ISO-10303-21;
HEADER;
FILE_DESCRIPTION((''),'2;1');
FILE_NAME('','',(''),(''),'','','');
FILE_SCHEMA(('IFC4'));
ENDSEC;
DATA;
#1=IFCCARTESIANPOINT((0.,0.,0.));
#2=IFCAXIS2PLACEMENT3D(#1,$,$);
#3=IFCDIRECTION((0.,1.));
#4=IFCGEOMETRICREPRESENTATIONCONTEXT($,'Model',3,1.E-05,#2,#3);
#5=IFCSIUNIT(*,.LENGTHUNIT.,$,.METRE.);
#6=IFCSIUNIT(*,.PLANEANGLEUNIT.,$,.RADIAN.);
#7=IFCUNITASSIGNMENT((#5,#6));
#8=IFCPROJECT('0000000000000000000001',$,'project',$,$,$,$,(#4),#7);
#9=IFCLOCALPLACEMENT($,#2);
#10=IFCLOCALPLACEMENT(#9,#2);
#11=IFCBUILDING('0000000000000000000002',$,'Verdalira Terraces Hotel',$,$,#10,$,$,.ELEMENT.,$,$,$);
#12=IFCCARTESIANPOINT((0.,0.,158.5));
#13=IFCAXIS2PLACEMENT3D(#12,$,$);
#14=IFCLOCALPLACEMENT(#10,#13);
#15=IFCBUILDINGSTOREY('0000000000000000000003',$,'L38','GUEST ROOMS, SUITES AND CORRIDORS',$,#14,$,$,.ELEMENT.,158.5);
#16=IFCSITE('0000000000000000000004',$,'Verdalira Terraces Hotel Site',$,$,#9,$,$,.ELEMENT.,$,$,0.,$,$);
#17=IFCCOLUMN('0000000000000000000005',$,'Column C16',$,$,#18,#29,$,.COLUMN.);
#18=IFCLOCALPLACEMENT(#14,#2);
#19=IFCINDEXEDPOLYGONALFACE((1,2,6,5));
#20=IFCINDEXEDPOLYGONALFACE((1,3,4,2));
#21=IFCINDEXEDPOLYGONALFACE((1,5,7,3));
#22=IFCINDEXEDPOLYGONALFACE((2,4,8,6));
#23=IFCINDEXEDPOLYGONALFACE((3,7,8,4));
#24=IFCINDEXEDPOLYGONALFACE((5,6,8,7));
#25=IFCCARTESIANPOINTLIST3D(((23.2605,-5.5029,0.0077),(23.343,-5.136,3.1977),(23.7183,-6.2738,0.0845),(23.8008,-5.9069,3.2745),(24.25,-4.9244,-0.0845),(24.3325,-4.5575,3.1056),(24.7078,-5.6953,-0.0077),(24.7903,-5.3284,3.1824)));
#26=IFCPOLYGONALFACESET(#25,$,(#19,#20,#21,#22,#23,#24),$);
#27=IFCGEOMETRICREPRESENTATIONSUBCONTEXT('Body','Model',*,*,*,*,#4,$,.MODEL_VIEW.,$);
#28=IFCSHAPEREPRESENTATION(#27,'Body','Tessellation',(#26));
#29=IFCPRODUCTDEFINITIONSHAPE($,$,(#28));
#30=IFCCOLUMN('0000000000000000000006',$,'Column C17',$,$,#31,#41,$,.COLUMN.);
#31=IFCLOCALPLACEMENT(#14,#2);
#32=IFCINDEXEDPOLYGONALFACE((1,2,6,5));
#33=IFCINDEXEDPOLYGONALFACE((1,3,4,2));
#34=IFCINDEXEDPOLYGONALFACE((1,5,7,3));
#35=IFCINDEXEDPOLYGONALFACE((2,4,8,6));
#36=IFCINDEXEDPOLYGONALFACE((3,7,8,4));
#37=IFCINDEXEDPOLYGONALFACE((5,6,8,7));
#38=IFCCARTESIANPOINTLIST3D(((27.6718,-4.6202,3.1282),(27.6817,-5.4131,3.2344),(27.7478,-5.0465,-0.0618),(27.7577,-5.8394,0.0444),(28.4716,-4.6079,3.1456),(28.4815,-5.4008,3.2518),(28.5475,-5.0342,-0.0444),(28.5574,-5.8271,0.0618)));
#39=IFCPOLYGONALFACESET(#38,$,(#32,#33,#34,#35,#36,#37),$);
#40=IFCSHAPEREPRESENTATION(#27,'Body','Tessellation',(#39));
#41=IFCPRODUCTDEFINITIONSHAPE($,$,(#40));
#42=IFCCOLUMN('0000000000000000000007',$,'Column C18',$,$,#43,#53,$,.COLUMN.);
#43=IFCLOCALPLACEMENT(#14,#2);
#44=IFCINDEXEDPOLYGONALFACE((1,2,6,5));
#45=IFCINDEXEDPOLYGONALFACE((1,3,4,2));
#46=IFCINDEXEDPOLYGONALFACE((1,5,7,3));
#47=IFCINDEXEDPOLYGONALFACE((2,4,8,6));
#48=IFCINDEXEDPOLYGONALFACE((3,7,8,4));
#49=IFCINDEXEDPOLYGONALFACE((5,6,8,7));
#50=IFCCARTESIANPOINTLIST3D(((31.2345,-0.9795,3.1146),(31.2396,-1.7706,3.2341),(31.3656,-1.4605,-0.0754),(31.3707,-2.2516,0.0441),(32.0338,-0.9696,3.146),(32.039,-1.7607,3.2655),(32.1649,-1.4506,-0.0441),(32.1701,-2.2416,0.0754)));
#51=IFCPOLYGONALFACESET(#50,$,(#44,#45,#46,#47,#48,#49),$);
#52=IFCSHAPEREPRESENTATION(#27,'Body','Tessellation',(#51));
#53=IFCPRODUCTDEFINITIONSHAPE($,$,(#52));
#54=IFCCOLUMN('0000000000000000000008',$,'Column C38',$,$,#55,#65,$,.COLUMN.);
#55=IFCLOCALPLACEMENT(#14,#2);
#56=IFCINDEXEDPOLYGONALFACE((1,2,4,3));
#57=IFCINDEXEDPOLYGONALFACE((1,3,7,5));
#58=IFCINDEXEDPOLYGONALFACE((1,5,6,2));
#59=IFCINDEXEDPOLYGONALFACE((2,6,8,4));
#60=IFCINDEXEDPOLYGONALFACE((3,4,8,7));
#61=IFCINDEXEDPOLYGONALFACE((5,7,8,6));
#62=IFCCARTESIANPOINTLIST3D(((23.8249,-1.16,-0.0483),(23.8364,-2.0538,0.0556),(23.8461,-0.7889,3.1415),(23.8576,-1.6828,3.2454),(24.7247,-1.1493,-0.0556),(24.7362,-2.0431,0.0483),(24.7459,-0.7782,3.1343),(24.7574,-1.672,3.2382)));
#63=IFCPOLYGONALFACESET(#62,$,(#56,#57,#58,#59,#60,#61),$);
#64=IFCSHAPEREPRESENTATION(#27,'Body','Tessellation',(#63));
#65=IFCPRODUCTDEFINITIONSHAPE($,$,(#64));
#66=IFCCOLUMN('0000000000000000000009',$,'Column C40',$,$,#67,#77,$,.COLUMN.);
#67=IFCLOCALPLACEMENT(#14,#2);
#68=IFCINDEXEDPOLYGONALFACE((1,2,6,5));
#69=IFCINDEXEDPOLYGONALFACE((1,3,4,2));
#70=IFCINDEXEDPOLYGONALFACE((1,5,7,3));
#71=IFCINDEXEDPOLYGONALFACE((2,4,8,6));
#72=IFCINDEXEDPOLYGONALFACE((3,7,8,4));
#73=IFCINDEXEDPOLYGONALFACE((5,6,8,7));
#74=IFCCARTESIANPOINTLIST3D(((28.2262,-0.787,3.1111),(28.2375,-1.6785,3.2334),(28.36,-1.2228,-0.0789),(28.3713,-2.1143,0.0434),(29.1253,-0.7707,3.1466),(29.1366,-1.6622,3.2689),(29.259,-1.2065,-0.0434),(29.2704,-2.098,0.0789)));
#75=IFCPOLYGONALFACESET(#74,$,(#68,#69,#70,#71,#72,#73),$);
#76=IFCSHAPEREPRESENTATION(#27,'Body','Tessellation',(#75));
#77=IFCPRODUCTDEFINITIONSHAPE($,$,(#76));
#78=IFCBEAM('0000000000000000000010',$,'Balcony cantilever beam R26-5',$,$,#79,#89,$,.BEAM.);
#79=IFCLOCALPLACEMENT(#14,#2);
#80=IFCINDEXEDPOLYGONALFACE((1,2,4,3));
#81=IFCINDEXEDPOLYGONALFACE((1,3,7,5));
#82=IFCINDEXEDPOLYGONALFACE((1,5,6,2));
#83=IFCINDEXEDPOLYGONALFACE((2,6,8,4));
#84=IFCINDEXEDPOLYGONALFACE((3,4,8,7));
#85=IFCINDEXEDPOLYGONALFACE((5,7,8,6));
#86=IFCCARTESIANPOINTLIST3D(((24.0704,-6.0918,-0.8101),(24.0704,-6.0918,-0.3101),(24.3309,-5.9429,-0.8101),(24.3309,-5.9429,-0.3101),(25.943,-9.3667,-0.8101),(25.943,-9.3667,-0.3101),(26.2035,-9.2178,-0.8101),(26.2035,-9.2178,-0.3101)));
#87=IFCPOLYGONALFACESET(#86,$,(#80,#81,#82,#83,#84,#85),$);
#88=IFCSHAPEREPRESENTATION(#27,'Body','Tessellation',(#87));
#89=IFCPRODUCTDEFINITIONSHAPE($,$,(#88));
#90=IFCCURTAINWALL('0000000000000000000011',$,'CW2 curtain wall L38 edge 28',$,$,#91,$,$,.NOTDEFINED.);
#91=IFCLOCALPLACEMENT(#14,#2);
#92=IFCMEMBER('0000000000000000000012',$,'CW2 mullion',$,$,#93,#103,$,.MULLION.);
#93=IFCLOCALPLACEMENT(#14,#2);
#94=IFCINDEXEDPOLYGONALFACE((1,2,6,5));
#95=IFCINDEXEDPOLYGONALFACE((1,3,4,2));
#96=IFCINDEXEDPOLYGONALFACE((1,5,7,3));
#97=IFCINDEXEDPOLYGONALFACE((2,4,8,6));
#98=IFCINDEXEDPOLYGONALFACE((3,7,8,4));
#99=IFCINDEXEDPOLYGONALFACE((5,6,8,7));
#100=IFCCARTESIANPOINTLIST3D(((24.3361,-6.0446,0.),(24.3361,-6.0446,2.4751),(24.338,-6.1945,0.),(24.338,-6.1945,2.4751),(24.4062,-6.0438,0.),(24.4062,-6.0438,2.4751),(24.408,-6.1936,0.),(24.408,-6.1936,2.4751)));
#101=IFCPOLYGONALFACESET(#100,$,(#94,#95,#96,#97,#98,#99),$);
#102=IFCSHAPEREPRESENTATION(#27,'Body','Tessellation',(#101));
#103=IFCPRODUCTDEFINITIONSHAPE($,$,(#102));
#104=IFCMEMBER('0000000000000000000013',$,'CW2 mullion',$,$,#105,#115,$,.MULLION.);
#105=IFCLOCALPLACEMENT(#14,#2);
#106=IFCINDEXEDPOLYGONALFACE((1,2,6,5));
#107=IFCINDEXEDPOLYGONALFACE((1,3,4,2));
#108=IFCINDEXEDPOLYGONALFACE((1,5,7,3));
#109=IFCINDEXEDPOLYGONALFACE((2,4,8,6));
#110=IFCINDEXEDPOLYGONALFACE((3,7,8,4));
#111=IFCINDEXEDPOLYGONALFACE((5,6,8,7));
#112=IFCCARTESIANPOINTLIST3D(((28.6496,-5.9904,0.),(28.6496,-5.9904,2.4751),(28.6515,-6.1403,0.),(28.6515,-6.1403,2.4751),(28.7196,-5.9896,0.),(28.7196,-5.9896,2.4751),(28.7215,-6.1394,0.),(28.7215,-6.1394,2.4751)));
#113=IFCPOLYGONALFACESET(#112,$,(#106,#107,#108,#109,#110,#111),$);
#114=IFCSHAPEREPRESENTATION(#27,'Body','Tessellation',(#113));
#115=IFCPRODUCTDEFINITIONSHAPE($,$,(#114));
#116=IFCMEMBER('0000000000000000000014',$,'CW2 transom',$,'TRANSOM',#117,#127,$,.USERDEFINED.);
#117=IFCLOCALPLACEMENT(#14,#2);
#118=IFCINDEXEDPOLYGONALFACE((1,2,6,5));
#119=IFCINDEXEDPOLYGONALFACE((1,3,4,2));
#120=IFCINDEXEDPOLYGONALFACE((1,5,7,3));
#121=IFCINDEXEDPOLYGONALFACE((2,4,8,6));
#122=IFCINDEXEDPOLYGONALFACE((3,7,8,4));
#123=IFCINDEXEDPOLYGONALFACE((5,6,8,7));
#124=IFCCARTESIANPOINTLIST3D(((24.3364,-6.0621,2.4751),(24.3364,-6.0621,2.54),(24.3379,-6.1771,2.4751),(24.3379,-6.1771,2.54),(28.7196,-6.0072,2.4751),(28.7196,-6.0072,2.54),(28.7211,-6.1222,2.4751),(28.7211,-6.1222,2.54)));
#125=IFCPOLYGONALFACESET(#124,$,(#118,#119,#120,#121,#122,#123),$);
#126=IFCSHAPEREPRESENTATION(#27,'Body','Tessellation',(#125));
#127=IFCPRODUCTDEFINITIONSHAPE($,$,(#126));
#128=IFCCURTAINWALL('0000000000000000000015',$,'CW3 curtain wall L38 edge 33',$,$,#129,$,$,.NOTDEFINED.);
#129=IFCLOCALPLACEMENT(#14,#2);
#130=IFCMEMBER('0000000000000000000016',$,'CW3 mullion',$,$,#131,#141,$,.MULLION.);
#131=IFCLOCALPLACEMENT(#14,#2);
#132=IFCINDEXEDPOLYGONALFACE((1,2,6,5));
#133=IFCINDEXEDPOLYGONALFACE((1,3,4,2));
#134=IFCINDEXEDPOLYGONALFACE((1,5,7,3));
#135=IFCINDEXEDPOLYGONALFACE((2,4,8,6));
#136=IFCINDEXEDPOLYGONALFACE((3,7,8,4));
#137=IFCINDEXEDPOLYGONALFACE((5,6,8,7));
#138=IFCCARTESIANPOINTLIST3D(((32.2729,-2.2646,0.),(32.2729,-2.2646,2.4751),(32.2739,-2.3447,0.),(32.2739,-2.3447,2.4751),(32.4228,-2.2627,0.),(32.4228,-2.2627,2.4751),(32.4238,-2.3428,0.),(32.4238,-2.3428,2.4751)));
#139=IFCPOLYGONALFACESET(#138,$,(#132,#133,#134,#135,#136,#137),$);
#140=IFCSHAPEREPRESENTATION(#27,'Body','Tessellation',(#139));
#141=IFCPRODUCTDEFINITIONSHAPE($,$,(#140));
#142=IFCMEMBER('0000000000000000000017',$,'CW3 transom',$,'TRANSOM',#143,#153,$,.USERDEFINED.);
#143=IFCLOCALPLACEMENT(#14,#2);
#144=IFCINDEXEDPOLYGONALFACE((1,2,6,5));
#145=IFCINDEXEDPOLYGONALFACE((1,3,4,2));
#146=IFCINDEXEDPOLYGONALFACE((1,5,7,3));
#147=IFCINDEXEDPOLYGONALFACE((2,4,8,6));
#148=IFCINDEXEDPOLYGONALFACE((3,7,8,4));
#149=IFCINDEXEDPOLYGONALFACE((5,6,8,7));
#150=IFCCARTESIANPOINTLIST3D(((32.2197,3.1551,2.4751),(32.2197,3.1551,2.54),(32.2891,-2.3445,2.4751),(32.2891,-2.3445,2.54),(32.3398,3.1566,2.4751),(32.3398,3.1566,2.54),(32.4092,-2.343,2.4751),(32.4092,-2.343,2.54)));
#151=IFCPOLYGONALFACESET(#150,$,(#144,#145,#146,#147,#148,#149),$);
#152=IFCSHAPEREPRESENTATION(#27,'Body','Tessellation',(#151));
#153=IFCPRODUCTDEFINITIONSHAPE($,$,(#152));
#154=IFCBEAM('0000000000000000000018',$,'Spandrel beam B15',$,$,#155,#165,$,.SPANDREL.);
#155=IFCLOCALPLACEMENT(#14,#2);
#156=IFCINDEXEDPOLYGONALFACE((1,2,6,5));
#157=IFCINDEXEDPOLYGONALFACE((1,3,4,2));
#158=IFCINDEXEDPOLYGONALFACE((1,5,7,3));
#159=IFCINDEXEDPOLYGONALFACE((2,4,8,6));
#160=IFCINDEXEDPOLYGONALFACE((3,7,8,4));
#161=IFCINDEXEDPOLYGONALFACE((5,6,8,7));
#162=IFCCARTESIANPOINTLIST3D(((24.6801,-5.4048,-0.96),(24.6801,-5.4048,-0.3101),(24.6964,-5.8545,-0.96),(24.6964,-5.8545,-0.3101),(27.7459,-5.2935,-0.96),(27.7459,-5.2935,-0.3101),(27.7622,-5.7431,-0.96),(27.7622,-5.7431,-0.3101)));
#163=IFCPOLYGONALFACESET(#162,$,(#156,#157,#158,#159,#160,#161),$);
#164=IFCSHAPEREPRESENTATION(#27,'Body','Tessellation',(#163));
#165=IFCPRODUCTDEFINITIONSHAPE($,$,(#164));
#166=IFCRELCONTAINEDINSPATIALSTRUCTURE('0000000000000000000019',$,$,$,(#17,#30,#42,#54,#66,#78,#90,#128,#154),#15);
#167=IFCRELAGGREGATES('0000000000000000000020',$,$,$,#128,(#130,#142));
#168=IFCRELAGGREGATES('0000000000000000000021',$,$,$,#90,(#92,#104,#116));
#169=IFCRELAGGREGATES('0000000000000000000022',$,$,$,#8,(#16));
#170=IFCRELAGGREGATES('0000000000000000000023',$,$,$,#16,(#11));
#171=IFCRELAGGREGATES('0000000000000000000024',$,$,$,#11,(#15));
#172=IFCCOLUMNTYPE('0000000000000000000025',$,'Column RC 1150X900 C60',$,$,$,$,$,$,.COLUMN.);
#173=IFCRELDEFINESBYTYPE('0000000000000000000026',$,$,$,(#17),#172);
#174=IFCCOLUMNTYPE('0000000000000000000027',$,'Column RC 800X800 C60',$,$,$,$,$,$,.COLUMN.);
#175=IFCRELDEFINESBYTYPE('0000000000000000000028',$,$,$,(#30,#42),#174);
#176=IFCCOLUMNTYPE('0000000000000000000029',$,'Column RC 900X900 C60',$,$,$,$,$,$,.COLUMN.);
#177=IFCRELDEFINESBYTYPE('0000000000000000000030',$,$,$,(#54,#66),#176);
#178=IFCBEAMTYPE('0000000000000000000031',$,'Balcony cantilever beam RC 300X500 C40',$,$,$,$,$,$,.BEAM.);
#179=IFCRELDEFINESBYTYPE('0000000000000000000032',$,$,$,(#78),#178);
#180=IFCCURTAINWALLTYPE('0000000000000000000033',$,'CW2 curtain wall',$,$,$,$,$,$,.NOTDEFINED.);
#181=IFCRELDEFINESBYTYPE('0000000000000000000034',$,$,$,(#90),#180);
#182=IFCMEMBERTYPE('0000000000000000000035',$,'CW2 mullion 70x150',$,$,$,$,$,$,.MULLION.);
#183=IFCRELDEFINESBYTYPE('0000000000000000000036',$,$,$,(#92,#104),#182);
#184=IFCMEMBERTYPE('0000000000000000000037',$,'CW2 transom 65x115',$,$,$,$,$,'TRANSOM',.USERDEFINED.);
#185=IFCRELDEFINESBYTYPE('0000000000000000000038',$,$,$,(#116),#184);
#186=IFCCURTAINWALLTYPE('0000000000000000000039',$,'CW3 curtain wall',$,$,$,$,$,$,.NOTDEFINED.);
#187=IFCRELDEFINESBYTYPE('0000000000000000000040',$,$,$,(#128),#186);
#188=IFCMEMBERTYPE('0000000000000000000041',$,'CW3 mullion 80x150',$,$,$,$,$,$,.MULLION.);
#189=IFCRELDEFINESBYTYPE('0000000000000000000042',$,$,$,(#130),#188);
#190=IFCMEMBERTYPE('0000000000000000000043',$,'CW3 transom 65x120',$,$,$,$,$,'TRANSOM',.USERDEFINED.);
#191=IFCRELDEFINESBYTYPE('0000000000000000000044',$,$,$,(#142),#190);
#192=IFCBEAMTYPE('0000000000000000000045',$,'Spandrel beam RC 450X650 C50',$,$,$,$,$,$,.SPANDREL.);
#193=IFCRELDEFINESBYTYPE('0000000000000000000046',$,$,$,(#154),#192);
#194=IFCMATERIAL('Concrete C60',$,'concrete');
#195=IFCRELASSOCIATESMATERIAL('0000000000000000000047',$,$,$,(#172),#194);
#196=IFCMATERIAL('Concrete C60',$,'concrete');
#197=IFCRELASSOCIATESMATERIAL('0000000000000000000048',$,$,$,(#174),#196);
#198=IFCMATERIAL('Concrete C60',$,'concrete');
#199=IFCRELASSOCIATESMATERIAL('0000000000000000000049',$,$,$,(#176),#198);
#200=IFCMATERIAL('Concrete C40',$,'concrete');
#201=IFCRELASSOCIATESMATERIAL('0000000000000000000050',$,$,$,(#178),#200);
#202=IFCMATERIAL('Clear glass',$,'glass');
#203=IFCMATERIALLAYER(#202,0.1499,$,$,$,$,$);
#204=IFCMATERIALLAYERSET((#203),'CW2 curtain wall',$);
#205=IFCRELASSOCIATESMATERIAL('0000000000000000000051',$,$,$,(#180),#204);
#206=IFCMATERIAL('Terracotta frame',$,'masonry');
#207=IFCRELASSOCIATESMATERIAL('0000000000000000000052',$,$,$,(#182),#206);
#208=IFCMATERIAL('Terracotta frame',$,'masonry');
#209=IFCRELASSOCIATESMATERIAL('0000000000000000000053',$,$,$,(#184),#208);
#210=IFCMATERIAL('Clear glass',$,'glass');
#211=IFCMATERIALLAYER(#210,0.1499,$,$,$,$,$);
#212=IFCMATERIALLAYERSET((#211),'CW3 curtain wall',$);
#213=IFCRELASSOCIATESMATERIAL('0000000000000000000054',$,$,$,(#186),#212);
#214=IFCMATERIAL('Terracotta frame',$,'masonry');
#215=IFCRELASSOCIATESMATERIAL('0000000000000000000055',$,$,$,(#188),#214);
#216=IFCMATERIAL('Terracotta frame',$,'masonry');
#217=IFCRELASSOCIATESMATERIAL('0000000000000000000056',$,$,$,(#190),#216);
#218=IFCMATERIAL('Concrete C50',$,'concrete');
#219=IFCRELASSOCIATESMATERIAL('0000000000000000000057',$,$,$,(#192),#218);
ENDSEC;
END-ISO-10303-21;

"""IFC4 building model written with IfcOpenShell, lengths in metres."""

from ifc_helpers import new_model, si_unit, direction, frame, origin, origin_2d, place, context, subcontext, project, spatial, rectangle, extrude, material, layer, layer_set, material_profile, profile_set, type_object, element, aggregate, save


model = new_model("IFC4")

# Units and contexts
model_context = context("Model", 3, precision=1e-05, world=origin(), true_north=direction((0.0, 1.0)))
body_context = subcontext(model_context, "Body", "Model", "MODEL_VIEW")
ifc_project = project(units=[si_unit("LENGTHUNIT", "METRE"), si_unit("PLANEANGLEUNIT", "RADIAN")], contexts=[model_context])

# Site, building, storey
site_placement = place(None, origin())
site = spatial("IfcSite", under=ifc_project, at=site_placement, Name="Verdalira Terraces Hotel Site", CompositionType="ELEMENT", RefElevation=0.0)
building_placement = place(site_placement, origin())
building = spatial("IfcBuilding", under=site, at=building_placement, Name="Verdalira Terraces Hotel", CompositionType="ELEMENT")
storey_placement = place(building_placement, frame((0.0, 0.0, 158.5)))
storey = spatial("IfcBuildingStorey", under=building, at=storey_placement, Name="L38", Description="GUEST ROOMS, SUITES AND CORRIDORS", CompositionType="ELEMENT", Elevation=158.5)

# Columns
ifc_material_1 = material(Name="Concrete C60", Category="concrete")
ifc_material_profile_1 = material_profile(ifc_material_1, rectangle(XDim=1.1499, YDim=0.8999, at=origin_2d()), Name="RC 1150X900")
ifc_profile_set_1 = profile_set([ifc_material_profile_1], Name="Concrete C60")
column_type_1 = type_object("IfcColumnType", Name="Column RC 1150X900 C60", PredefinedType="COLUMN", material=ifc_profile_set_1)
column_1_placement = place(storey_placement, frame((23.9841, -5.5991, 0.0), z_axis=(0.025691, 0.11424, 0.993121), x_axis=(-0.860518, -0.503079, 0.08013)))
element("IfcColumn", 1, at=column_1_placement, inside=storey, type_object=column_type_1, Name="Column C16", PredefinedType="COLUMN", context=body_context, shape_type="SweptSolid", body=[
    extrude(rectangle(XDim=1.1499, YDim=0.8999, at=origin_2d()), origin(), (0.0, 0.0, 1.0), 3.2122),
])
ifc_material_2 = material(Name="Concrete C60", Category="concrete")
ifc_material_profile_2 = material_profile(ifc_material_2, rectangle(XDim=0.8, YDim=0.8, at=origin_2d()), Name="RC 800X800")
ifc_profile_set_2 = profile_set([ifc_material_profile_2], Name="Concrete C60")
column_type_2 = type_object("IfcColumnType", Name="Column RC 800X800 C60", PredefinedType="COLUMN", material=ifc_profile_set_2)
column_2_placement = place(storey_placement, frame((28.1526, -5.4368, 0.0), z_axis=(-0.023586, 0.132415, 0.990914), x_axis=(0.999645, 0.01538, 0.021739)))
element("IfcColumn", 2, at=column_2_placement, inside=storey, type_object=column_type_2, Name="Column C17", PredefinedType="COLUMN", context=body_context, shape_type="SweptSolid", body=[
    extrude(rectangle(XDim=0.8, YDim=0.8, at=origin_2d()), origin(), (0.0, 0.0, 1.0), 3.2192),
])
column_3_placement = place(storey_placement, frame((31.7678, -1.8511, 0.0), z_axis=(-0.040606, 0.148965, 0.988008), x_axis=(-0.006401, 0.988765, -0.149342)))
element("IfcColumn", 3, at=column_3_placement, inside=storey, type_object=column_type_2, Name="Column C18", PredefinedType="COLUMN", context=body_context, shape_type="SweptSolid", body=[
    extrude(rectangle(XDim=0.8, YDim=0.8, at=origin_2d()), origin(), (0.0, 0.0, 1.0), 3.2288),
])
ifc_material_3 = material(Name="Concrete C60", Category="concrete")
ifc_material_profile_3 = material_profile(ifc_material_3, rectangle(XDim=0.8999, YDim=0.8999, at=origin_2d()), Name="RC 900X900")
ifc_profile_set_3 = profile_set([ifc_material_profile_3], Name="Concrete C60")
column_type_3 = type_object("IfcColumnType", Name="Column RC 900X900 C60", PredefinedType="COLUMN", material=ifc_profile_set_3)
column_4_placement = place(storey_placement, frame((24.2805, -1.6016, 0.0), z_axis=(0.006614, 0.115551, 0.99328), x_axis=(0.999896, 0.01194, -0.008047)))
element("IfcColumn", 4, at=column_4_placement, inside=storey, type_object=column_type_3, Name="Column C38", PredefinedType="COLUMN", context=body_context, shape_type="SweptSolid", body=[
    extrude(rectangle(XDim=0.8999, YDim=0.8999, at=origin_2d()), origin(), (0.0, 0.0, 1.0), 3.2114),
])
column_5_placement = place(storey_placement, frame((28.8152, -1.6604, 0.0), z_axis=(-0.041519, 0.13524, 0.989943), x_axis=(0.999058, 0.018117, 0.039426)))
element("IfcColumn", 5, at=column_5_placement, inside=storey, type_object=column_type_3, Name="Column C40", PredefinedType="COLUMN", context=body_context, shape_type="SweptSolid", body=[
    extrude(rectangle(XDim=0.8999, YDim=0.8999, at=origin_2d()), origin(), (0.0, 0.0, 1.0), 3.2224),
])

# Beam
ifc_material_4 = material(Name="Concrete C40", Category="concrete")
ifc_material_profile_4 = material_profile(ifc_material_4, rectangle(XDim=0.3, YDim=0.5, at=origin_2d()), Name="RC 300X500")
ifc_profile_set_4 = profile_set([ifc_material_profile_4], Name="Concrete C40")
beam_type_1 = type_object("IfcBeamType", Name="Balcony cantilever beam RC 300X500 C40", PredefinedType="BEAM", material=ifc_profile_set_4)
beam_1_placement = place(storey_placement, frame((24.2007, -6.0173, -0.5601), z_axis=(0.496376, -0.868108, 0.0), x_axis=(0.868108, 0.496376, 0.0)))
element("IfcBeam", 6, at=beam_1_placement, inside=storey, type_object=beam_type_1, Name="Balcony cantilever beam R26-5", PredefinedType="BEAM", context=body_context, shape_type="SweptSolid", body=[
    extrude(rectangle(XDim=0.3, YDim=0.5, at=origin_2d()), origin(), (0.0, 0.0, 1.0), 3.7725),
])

# Curtain walls, members
ifc_material_5 = material(Name="Clear glass", Category="glass")
ifc_layer_1 = layer(ifc_material_5, 0.1499)
ifc_layer_set_1 = layer_set([ifc_layer_1], Name="CW2 curtain wall")
curtain_wall_type_1 = type_object("IfcCurtainWallType", Name="CW2 curtain wall", PredefinedType="NOTDEFINED", material=ifc_layer_set_1)
curtain_wall_1_placement = place(storey_placement, origin())
curtain_wall_1 = element("IfcCurtainWall", 7, at=curtain_wall_1_placement, inside=storey, type_object=curtain_wall_type_1, Name="CW2 curtain wall L38 edge 28", PredefinedType="NOTDEFINED")
ifc_material_6 = material(Name="Terracotta frame", Category="masonry")
ifc_material_profile_5 = material_profile(ifc_material_6, rectangle(XDim=0.0701, YDim=0.1499, at=origin_2d()), Name="MU 70x150")
ifc_profile_set_5 = profile_set([ifc_material_profile_5], Name="Terracotta frame")
member_type_1 = type_object("IfcMemberType", Name="CW2 mullion 70x150", PredefinedType="MULLION", material=ifc_profile_set_5)
member_1_placement = place(storey_placement, frame((24.3721, -6.1191, 0.0), z_axis=(0.0, 0.0, 1.0), x_axis=(0.999921, 0.012566, 0.0)))
member_1 = element("IfcMember", 8, at=member_1_placement, type_object=member_type_1, Name="CW2 mullion", PredefinedType="MULLION", context=body_context, shape_type="SweptSolid", body=[
    extrude(rectangle(XDim=0.0701, YDim=0.1499, at=origin_2d()), origin(), (0.0, 0.0, 1.0), 2.4751),
])
member_2_placement = place(storey_placement, frame((28.6855, -6.0649, 0.0), z_axis=(0.0, 0.0, 1.0), x_axis=(0.999921, 0.012566, 0.0)))
member_2 = element("IfcMember", 9, at=member_2_placement, type_object=member_type_1, Name="CW2 mullion", PredefinedType="MULLION", context=body_context, shape_type="SweptSolid", body=[
    extrude(rectangle(XDim=0.0701, YDim=0.1499, at=origin_2d()), origin(), (0.0, 0.0, 1.0), 2.4751),
])
ifc_material_7 = material(Name="Terracotta frame", Category="masonry")
ifc_material_profile_6 = material_profile(ifc_material_7, rectangle(XDim=0.115, YDim=0.0649, at=origin_2d()), Name="TR 65x115")
ifc_profile_set_6 = profile_set([ifc_material_profile_6], Name="Terracotta frame")
member_type_2 = type_object("IfcMemberType", Name="CW2 transom 65x115", ElementType="TRANSOM", PredefinedType="USERDEFINED", material=ifc_profile_set_6)
member_3_placement = place(storey_placement, frame((24.3372, -6.1196, 2.5076), z_axis=(0.999921, 0.012531, 0.0), x_axis=(-0.012531, 0.999921, 0.0)))
member_3 = element("IfcMember", 10, at=member_3_placement, type_object=member_type_2, Name="CW2 transom", ObjectType="TRANSOM", PredefinedType="USERDEFINED", context=body_context, shape_type="SweptSolid", body=[
    extrude(rectangle(XDim=0.115, YDim=0.0649, at=origin_2d()), origin(), (0.0, 0.0, 1.0), 4.3835),
])
ifc_material_8 = material(Name="Clear glass", Category="glass")
ifc_layer_2 = layer(ifc_material_8, 0.1499)
ifc_layer_set_2 = layer_set([ifc_layer_2], Name="CW3 curtain wall")
curtain_wall_type_2 = type_object("IfcCurtainWallType", Name="CW3 curtain wall", PredefinedType="NOTDEFINED", material=ifc_layer_set_2)
curtain_wall_2_placement = place(storey_placement, origin())
curtain_wall_2 = element("IfcCurtainWall", 11, at=curtain_wall_2_placement, inside=storey, type_object=curtain_wall_type_2, Name="CW3 curtain wall L38 edge 33", PredefinedType="NOTDEFINED")
ifc_material_9 = material(Name="Terracotta frame", Category="masonry")
ifc_material_profile_7 = material_profile(ifc_material_9, rectangle(XDim=0.0801, YDim=0.1499, at=origin_2d()), Name="MU 80x150")
ifc_profile_set_7 = profile_set([ifc_material_profile_7], Name="Terracotta frame")
member_type_3 = type_object("IfcMemberType", Name="CW3 mullion 80x150", PredefinedType="MULLION", material=ifc_profile_set_7)
member_4_placement = place(storey_placement, frame((32.3484, -2.3037, 0.0), z_axis=(0.0, 0.0, 1.0), x_axis=(-0.012566, 0.999921, 0.0)))
member_4 = element("IfcMember", 12, at=member_4_placement, type_object=member_type_3, Name="CW3 mullion", PredefinedType="MULLION", context=body_context, shape_type="SweptSolid", body=[
    extrude(rectangle(XDim=0.0801, YDim=0.1499, at=origin_2d()), origin(), (0.0, 0.0, 1.0), 2.4751),
])
ifc_material_10 = material(Name="Terracotta frame", Category="masonry")
ifc_material_profile_8 = material_profile(ifc_material_10, rectangle(XDim=0.1201, YDim=0.0649, at=origin_2d()), Name="TR 65x120")
ifc_profile_set_8 = profile_set([ifc_material_profile_8], Name="Terracotta frame")
member_type_4 = type_object("IfcMemberType", Name="CW3 transom 65x120", ElementType="TRANSOM", PredefinedType="USERDEFINED", material=ifc_profile_set_8)
member_5_placement = place(storey_placement, frame((32.3491, -2.3438, 2.5076), z_axis=(-0.012607, 0.999921, 0.0), x_axis=(-0.999921, -0.012607, 0.0)))
member_5 = element("IfcMember", 13, at=member_5_placement, type_object=member_type_4, Name="CW3 transom", ObjectType="TRANSOM", PredefinedType="USERDEFINED", context=body_context, shape_type="SweptSolid", body=[
    extrude(rectangle(XDim=0.1201, YDim=0.0649, at=origin_2d()), origin(), (0.0, 0.0, 1.0), 5.5),
])
aggregate(curtain_wall_2, [member_4, member_5])

# Beam
ifc_material_11 = material(Name="Concrete C50", Category="concrete")
ifc_material_profile_9 = material_profile(ifc_material_11, rectangle(XDim=0.45, YDim=0.6499, at=origin_2d()), Name="RC 450X650")
ifc_profile_set_9 = profile_set([ifc_material_profile_9], Name="Concrete C50")
beam_type_2 = type_object("IfcBeamType", Name="Spandrel beam RC 450X650 C50", PredefinedType="SPANDREL", material=ifc_profile_set_9)
beam_2_placement = place(storey_placement, frame((24.6882, -5.6296, -0.635), z_axis=(0.999341, 0.036288, 0.0), x_axis=(-0.036288, 0.999341, 0.0)))
element("IfcBeam", 14, at=beam_2_placement, inside=storey, type_object=beam_type_2, Name="Spandrel beam B15", PredefinedType="SPANDREL", context=body_context, shape_type="SweptSolid", body=[
    extrude(rectangle(XDim=0.45, YDim=0.6499, at=origin_2d()), origin(), (0.0, 0.0, 1.0), 3.0679),
])

aggregate(curtain_wall_1, [member_1, member_2, member_3])

save(model, "model.ifc")
